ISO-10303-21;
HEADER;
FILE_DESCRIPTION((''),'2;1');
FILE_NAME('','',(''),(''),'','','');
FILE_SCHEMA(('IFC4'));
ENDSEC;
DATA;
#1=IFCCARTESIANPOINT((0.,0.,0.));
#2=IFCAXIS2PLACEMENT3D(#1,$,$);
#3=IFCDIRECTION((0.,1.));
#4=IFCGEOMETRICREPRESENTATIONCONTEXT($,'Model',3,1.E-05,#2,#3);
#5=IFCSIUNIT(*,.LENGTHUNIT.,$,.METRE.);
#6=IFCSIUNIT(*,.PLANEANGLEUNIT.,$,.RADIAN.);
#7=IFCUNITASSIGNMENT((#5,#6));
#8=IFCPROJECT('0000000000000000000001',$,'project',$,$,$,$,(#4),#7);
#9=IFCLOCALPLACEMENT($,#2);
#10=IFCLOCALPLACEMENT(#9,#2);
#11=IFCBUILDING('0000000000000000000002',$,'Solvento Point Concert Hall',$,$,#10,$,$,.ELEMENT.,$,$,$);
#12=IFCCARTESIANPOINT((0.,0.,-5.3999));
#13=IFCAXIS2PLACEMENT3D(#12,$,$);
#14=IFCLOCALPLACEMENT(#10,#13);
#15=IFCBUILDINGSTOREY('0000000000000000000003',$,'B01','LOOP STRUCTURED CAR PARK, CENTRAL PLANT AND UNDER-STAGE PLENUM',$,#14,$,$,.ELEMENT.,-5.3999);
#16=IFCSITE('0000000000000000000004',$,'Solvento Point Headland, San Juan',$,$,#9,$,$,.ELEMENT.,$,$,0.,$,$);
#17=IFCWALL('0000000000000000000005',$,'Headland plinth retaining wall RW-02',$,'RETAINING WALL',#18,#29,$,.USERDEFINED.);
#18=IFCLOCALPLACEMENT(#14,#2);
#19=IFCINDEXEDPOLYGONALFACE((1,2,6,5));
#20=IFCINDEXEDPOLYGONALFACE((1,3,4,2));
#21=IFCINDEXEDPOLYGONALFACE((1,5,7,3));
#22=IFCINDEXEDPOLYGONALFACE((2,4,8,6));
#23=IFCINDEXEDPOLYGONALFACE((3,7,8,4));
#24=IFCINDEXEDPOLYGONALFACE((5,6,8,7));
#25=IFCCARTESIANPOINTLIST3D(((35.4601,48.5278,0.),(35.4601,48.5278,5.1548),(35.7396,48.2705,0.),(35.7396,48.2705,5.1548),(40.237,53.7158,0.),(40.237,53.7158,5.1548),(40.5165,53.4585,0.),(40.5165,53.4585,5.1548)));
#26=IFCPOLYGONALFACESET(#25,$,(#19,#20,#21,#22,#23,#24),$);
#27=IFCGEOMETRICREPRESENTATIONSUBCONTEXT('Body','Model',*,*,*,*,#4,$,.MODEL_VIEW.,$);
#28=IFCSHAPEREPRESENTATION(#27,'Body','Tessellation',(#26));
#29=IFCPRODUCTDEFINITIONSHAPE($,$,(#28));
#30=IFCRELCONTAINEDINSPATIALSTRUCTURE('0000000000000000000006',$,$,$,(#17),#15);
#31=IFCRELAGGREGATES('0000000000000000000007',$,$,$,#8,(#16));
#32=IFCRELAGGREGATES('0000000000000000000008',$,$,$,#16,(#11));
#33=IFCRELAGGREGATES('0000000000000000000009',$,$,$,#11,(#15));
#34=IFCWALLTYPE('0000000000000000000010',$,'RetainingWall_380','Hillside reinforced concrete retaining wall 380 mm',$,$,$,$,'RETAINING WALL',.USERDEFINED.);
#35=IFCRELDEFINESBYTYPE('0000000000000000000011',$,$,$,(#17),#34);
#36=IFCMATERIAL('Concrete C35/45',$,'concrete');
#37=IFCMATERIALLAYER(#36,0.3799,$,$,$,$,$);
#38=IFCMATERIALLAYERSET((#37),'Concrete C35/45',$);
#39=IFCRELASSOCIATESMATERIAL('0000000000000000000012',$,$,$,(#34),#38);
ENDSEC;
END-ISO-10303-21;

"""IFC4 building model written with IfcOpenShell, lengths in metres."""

from ifc_helpers import new_model, si_unit, direction, frame, frame_2d, origin, place, context, subcontext, project, spatial, rectangle, extrude, material, layer, layer_set, type_object, element, save


model = new_model("IFC4")

# Units and contexts
model_context = context("Model", 3, precision=1e-05, world=origin(), true_north=direction((0.0, 1.0)))
body_context = subcontext(model_context, "Body", "Model", "MODEL_VIEW")
ifc_project = project(units=[si_unit("LENGTHUNIT", "METRE"), si_unit("PLANEANGLEUNIT", "RADIAN")], contexts=[model_context])

# Site, building, storey
site_placement = place(None, origin())
site = spatial("IfcSite", under=ifc_project, at=site_placement, Name="Solvento Point Headland, San Juan", CompositionType="ELEMENT", RefElevation=0.0)
building_placement = place(site_placement, origin())
building = spatial("IfcBuilding", under=site, at=building_placement, Name="Solvento Point Concert Hall", CompositionType="ELEMENT")
storey_placement = place(building_placement, frame((0.0, 0.0, -5.3999)))
storey = spatial("IfcBuildingStorey", under=building, at=storey_placement, Name="B01", Description="LOOP STRUCTURED CAR PARK, CENTRAL PLANT AND UNDER-STAGE PLENUM", CompositionType="ELEMENT", Elevation=-5.3999)

# Wall
ifc_material_1 = material(Name="Concrete C35/45", Category="concrete")
ifc_layer = layer(ifc_material_1, 0.3799)
ifc_layer_set = layer_set([ifc_layer], Name="Concrete C35/45")
wall_type = type_object("IfcWallType", Name="RetainingWall_380", Description="Hillside reinforced concrete retaining wall 380 mm", ElementType="RETAINING WALL", PredefinedType="USERDEFINED", material=ifc_layer_set)
wall_1_placement = place(storey_placement, frame((35.5999, 48.3992, 0.0), z_axis=(0.0, 0.0, 1.0), x_axis=(0.677356, 0.735655, 0.0)))
element("IfcWall", 1, at=wall_1_placement, inside=storey, type_object=wall_type, Name="Headland plinth retaining wall RW-02", ObjectType="RETAINING WALL", PredefinedType="USERDEFINED", context=body_context, shape_type="SweptSolid", body=[
    extrude(rectangle(XDim=7.0522, YDim=0.3799, at=frame_2d((3.5261, 0.0))), origin(), (0.0, 0.0, 1.0), 5.1548),
])

save(model, "model.ifc")
